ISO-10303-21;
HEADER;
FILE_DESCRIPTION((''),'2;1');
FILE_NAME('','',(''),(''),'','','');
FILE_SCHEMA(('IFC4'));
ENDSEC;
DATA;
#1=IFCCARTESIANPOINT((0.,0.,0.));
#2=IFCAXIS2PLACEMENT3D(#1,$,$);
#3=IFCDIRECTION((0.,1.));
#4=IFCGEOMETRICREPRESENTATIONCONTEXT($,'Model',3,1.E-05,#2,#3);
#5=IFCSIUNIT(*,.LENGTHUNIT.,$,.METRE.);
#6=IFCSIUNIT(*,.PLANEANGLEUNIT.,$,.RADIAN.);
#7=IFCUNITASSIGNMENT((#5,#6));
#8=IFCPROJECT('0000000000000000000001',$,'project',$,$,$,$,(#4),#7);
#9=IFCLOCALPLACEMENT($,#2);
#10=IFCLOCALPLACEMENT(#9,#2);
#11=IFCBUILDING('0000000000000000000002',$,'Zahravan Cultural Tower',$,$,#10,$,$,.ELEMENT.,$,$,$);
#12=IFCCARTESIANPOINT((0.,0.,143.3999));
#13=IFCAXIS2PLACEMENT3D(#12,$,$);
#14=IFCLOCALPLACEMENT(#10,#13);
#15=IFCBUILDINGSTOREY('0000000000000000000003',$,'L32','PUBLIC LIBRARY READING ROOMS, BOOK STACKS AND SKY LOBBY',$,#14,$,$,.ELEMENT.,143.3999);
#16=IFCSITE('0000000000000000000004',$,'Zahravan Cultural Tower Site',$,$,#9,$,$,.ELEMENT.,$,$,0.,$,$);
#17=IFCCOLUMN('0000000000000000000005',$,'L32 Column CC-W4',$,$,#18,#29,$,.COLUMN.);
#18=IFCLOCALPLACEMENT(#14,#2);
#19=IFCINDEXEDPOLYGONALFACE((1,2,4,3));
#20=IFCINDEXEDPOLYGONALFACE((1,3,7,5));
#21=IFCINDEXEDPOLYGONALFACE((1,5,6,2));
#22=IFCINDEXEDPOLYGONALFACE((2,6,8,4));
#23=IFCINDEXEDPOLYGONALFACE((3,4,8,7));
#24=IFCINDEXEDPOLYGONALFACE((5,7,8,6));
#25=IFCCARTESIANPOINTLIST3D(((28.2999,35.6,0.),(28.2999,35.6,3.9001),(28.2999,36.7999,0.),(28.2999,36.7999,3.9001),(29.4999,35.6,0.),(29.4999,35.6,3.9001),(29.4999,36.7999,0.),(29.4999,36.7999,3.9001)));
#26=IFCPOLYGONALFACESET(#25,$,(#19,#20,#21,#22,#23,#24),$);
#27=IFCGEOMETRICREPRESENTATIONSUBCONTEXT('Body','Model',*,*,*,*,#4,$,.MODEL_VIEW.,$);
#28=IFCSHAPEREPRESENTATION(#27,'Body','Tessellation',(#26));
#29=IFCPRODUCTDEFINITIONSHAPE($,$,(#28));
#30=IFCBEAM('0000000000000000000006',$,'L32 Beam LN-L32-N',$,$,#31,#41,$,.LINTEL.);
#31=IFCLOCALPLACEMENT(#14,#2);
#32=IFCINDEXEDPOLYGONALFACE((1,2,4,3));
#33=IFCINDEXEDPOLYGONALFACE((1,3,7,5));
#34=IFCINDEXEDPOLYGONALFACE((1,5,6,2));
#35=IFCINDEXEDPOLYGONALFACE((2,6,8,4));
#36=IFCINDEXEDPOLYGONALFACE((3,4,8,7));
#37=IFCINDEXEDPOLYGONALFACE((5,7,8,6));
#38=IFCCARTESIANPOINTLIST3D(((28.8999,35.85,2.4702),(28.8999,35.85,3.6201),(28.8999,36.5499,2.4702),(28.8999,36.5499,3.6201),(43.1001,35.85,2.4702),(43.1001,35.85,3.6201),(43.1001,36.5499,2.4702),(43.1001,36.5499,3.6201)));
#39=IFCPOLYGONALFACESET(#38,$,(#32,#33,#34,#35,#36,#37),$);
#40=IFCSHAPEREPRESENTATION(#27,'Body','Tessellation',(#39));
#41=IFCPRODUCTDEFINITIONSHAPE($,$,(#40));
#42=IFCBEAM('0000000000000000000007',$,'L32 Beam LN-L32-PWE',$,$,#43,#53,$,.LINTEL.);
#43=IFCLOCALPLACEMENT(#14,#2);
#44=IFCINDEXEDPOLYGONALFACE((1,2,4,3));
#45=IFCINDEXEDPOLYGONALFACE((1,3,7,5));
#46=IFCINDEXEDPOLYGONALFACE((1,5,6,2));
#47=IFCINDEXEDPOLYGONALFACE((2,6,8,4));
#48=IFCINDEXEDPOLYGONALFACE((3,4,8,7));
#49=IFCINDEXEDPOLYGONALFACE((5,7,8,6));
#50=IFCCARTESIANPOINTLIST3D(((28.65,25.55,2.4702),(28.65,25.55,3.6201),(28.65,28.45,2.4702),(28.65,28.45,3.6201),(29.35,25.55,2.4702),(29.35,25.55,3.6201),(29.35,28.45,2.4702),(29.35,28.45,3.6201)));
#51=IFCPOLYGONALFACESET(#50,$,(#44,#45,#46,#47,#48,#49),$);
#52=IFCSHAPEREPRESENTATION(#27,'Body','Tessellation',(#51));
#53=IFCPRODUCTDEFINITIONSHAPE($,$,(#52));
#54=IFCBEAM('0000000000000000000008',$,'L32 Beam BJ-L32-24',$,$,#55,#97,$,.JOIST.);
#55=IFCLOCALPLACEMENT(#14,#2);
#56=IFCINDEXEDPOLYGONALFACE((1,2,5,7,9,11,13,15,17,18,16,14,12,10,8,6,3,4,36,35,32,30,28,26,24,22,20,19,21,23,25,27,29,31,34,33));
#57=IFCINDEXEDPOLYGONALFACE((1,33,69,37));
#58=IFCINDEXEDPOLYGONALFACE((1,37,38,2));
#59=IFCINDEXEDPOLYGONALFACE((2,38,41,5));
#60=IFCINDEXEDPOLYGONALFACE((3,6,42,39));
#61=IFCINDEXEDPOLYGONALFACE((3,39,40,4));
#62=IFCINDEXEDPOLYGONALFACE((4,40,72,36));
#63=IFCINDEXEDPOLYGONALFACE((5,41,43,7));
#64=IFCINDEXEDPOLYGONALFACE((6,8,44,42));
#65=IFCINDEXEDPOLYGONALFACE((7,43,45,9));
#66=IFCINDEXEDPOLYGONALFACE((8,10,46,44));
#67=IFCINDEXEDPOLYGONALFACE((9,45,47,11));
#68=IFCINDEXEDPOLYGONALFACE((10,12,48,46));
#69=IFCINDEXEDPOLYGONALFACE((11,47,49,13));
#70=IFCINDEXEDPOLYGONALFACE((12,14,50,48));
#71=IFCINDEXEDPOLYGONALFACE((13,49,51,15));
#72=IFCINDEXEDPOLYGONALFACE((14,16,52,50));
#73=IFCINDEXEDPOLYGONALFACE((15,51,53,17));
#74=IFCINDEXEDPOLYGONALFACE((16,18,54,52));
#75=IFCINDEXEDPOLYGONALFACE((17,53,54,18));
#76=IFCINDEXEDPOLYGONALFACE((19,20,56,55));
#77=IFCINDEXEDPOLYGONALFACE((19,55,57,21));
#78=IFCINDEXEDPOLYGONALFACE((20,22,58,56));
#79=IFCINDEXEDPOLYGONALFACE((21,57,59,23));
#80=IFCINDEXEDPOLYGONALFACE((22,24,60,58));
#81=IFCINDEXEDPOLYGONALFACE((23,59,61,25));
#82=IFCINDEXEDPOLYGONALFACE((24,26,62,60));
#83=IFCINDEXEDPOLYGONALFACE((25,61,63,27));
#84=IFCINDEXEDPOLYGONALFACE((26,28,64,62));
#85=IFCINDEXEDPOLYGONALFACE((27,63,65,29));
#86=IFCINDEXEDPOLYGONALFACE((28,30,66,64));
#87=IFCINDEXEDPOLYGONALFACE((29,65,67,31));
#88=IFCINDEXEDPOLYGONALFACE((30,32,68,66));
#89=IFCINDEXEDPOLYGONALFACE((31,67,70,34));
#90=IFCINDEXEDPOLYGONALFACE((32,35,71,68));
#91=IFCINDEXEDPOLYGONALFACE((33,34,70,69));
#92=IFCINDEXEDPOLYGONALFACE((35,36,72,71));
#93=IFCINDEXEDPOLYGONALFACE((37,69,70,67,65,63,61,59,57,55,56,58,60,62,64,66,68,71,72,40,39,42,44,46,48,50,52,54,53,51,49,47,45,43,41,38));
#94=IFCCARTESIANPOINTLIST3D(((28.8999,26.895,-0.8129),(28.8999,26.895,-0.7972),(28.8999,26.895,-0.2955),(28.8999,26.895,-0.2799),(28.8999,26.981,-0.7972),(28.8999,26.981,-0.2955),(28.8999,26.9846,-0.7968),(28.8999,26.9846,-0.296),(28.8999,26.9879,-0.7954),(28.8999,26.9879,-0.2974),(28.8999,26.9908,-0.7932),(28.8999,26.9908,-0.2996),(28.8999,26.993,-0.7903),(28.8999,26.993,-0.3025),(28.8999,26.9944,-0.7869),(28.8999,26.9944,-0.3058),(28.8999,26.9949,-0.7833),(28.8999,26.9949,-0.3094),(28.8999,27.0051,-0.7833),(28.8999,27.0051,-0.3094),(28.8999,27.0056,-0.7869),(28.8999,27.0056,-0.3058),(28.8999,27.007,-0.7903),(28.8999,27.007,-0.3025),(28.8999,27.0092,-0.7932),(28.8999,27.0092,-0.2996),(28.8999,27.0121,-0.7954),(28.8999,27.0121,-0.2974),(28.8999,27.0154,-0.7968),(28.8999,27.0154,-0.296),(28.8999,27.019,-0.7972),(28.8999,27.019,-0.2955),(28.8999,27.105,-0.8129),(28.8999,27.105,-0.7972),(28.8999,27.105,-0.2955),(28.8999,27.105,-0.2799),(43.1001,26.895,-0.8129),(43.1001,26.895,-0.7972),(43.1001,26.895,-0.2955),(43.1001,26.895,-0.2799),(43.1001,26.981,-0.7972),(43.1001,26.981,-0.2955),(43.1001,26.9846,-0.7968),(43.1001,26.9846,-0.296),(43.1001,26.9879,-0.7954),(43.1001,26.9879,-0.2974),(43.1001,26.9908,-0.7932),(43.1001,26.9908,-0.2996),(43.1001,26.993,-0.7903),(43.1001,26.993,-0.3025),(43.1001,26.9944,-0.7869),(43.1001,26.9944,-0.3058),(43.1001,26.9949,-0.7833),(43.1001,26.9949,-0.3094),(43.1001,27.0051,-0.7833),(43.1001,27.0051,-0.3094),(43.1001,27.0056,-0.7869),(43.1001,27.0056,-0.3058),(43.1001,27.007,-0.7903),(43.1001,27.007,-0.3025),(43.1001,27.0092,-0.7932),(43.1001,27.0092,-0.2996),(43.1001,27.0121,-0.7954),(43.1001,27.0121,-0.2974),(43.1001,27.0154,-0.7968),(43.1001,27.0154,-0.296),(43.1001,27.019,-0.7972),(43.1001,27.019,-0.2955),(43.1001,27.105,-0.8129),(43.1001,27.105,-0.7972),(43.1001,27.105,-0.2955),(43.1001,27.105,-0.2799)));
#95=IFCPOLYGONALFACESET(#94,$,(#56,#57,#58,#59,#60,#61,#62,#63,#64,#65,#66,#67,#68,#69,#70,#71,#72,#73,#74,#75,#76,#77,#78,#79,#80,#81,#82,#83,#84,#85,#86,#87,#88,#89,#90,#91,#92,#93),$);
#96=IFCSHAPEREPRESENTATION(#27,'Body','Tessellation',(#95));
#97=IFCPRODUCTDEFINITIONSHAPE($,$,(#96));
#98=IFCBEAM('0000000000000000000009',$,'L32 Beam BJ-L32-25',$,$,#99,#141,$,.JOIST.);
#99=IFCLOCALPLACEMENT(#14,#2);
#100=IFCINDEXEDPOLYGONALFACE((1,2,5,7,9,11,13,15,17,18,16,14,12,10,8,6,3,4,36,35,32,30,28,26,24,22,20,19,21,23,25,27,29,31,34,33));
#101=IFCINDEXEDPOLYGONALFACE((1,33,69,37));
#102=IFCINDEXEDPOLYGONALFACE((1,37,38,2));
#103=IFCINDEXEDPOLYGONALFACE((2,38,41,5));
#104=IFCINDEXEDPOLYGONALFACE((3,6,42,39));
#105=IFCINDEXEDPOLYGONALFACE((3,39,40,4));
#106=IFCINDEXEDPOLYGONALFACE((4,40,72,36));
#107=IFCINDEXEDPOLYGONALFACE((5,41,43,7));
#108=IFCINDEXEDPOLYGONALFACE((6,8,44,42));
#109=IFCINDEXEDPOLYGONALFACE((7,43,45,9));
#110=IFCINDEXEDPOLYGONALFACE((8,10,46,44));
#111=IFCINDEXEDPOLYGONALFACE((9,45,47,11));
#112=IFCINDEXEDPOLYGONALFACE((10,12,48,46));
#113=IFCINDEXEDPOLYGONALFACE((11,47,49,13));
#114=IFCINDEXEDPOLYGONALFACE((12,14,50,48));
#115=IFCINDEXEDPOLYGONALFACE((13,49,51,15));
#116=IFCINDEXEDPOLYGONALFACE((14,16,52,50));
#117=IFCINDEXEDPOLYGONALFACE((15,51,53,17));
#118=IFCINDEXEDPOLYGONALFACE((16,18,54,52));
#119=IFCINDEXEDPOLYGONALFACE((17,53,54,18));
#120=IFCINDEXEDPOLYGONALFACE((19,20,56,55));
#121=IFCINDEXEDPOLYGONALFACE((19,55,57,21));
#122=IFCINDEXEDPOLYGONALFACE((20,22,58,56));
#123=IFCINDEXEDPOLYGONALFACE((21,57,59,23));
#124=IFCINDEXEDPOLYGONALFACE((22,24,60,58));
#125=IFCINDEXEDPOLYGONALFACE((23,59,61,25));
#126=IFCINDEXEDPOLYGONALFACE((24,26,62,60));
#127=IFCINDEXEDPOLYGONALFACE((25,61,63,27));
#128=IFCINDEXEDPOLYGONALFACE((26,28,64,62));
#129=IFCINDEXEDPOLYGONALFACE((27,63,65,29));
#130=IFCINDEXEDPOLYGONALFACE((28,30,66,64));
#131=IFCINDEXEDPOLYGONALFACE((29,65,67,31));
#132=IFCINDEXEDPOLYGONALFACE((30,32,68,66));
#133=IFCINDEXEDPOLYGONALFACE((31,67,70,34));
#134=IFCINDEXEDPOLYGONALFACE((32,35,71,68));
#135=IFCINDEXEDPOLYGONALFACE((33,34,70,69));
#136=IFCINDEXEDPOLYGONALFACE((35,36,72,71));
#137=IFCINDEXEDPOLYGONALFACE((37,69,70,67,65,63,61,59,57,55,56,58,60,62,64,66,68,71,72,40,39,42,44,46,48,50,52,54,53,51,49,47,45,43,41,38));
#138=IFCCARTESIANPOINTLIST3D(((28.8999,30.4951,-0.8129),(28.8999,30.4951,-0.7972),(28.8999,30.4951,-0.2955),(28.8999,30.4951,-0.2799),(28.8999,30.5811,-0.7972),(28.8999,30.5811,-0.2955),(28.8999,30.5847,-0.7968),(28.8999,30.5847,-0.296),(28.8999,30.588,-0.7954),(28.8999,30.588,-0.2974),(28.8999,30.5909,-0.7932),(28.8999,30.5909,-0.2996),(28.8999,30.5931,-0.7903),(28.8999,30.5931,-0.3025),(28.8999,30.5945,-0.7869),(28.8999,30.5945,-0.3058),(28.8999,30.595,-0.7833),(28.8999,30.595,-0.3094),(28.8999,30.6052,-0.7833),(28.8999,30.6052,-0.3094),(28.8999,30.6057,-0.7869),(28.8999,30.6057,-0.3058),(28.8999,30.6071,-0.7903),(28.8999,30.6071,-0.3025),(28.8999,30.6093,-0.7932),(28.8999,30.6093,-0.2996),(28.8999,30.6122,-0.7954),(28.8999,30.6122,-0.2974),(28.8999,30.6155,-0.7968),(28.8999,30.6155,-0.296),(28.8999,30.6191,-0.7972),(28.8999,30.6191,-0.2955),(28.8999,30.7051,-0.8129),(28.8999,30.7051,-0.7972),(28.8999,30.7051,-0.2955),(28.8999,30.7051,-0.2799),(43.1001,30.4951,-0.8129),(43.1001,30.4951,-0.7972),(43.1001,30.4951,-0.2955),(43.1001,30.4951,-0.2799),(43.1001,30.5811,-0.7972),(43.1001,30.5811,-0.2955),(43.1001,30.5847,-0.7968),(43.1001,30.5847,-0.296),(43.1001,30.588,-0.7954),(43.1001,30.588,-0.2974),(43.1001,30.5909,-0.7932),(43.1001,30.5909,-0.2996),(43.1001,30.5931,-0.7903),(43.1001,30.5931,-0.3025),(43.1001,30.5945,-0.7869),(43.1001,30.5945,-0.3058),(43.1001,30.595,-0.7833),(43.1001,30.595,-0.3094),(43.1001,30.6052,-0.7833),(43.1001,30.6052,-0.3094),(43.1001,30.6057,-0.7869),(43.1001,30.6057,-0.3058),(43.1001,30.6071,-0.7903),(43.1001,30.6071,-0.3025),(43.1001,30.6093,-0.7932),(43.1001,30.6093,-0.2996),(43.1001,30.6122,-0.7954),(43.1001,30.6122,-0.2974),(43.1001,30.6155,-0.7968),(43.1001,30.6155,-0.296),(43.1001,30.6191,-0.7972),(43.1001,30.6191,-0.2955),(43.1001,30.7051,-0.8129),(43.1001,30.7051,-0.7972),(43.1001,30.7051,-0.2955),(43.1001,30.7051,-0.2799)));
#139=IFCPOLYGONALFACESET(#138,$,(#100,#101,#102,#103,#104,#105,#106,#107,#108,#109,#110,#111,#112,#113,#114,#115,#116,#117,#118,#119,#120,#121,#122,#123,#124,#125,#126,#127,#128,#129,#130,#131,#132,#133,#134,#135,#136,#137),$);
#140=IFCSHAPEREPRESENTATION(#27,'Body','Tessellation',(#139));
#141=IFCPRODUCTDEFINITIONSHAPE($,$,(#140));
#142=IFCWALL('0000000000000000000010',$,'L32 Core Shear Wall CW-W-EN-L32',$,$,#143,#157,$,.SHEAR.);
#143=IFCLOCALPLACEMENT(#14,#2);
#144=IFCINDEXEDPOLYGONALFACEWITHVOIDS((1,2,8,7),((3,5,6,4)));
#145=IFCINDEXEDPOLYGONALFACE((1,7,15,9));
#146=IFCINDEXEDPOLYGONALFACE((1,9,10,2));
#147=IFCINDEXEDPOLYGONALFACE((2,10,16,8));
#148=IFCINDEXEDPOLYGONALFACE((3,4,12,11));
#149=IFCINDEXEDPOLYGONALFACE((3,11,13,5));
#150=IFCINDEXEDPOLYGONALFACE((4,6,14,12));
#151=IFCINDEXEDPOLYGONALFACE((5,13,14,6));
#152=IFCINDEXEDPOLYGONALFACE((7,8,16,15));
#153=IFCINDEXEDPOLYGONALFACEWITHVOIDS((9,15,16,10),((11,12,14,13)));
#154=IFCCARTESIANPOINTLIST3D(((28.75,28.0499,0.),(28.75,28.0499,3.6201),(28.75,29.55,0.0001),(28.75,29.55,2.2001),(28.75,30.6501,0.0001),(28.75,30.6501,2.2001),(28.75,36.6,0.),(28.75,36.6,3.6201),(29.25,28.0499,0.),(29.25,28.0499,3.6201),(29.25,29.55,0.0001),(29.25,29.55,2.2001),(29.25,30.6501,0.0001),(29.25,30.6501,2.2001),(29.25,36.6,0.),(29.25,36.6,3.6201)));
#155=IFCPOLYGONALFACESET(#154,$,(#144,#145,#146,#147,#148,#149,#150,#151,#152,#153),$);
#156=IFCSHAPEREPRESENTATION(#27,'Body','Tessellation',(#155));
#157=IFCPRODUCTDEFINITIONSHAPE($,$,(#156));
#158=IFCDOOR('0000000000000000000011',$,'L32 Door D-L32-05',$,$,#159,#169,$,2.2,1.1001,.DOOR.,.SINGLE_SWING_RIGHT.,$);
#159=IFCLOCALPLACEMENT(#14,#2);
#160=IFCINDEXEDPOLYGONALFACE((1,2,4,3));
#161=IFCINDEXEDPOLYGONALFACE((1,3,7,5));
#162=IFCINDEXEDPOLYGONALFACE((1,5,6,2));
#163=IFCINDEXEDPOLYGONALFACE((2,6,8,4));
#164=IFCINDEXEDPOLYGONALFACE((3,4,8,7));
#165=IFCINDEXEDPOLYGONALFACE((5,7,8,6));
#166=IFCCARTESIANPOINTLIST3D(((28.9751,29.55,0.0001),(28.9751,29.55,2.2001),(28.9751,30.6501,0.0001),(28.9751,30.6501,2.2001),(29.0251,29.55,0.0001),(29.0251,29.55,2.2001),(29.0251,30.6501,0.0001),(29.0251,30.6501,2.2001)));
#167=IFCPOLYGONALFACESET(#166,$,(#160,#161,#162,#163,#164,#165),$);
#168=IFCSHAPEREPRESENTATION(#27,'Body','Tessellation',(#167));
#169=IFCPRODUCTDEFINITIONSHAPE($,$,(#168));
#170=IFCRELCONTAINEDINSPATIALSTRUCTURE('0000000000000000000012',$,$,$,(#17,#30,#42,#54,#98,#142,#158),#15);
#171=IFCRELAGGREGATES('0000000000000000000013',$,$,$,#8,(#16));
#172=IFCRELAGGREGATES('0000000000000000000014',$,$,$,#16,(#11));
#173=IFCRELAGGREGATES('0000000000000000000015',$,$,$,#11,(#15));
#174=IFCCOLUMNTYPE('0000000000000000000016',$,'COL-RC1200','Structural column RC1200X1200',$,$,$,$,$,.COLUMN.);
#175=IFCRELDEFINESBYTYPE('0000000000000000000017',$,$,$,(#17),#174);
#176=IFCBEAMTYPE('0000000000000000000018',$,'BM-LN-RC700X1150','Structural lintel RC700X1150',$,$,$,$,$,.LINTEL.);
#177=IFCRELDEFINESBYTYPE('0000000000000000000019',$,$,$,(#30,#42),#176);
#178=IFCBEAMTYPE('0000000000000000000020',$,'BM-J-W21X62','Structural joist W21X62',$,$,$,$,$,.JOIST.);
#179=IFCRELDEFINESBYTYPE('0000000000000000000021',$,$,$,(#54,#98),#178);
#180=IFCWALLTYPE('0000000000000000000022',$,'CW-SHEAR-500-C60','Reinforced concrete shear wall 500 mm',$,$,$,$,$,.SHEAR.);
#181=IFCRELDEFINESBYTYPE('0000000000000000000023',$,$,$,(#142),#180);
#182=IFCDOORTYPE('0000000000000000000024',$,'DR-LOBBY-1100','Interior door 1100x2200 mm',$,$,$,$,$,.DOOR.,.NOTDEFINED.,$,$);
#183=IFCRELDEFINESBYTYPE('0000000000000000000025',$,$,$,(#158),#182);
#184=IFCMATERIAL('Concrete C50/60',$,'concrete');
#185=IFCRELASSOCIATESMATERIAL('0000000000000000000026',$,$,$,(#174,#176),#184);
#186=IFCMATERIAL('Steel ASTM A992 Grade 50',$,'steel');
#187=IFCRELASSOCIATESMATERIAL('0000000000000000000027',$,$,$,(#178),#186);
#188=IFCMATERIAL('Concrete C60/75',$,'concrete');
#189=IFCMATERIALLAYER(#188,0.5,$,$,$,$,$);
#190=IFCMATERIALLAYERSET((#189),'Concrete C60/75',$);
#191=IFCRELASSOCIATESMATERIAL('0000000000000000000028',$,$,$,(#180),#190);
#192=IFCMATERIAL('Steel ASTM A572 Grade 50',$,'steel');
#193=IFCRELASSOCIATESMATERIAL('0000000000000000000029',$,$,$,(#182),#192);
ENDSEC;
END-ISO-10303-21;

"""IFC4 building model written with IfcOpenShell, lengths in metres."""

from ifc_helpers import new_model, si_unit, direction, frame, frame_2d, origin, origin_2d, place, context, subcontext, project, spatial, rectangle, i_section, extrude, source, transform, mapped, material, layer, layer_set, material_profile, profile_set, type_object, element, fill, save


model = new_model("IFC4")

# Units and contexts
model_context = context("Model", 3, precision=1e-05, world=origin(), true_north=direction((0.0, 1.0)))
body_context = subcontext(model_context, "Body", "Model", "MODEL_VIEW")
ifc_project = project(units=[si_unit("LENGTHUNIT", "METRE"), si_unit("PLANEANGLEUNIT", "RADIAN")], contexts=[model_context])

# Site, building, storey
site_placement = place(None, origin())
site = spatial("IfcSite", under=ifc_project, at=site_placement, Name="Zahravan Cultural Tower Site", CompositionType="ELEMENT", RefElevation=0.0)
building_placement = place(site_placement, origin())
building = spatial("IfcBuilding", under=site, at=building_placement, Name="Zahravan Cultural Tower", CompositionType="ELEMENT")
storey_placement = place(building_placement, frame((0.0, 0.0, 143.3999)))
storey = spatial("IfcBuildingStorey", under=building, at=storey_placement, Name="L32", Description="PUBLIC LIBRARY READING ROOMS, BOOK STACKS AND SKY LOBBY", CompositionType="ELEMENT", Elevation=143.3999)

# Column
ifc_material_1 = material(Name="Concrete C50/60", Category="concrete")
ifc_material_profile_1 = material_profile(ifc_material_1, rectangle(XDim=1.2, YDim=1.2, at=origin_2d()), Name="RC1200X1200")
ifc_profile_set_1 = profile_set([ifc_material_profile_1], Name="Concrete C50/60")
column_type = type_object("IfcColumnType", Name="COL-RC1200", Description="Structural column RC1200X1200", PredefinedType="COLUMN", material=ifc_profile_set_1)
shared_shape_1 = source(origin(), body_context, "Body", "SweptSolid", [
    extrude(rectangle(XDim=1.2, YDim=1.2, at=origin_2d()), origin(), (0.0, 0.0, 1.0), 3.9001),
])
column_placement = place(storey_placement, frame((28.8999, 36.2, 0.0), z_axis=(0.0, 0.0, 1.0), x_axis=(1.0, 0.0, 0.0)))
element("IfcColumn", 1, at=column_placement, inside=storey, type_object=column_type, Name="L32 Column CC-W4", PredefinedType="COLUMN", context=body_context, shape_type="MappedRepresentation", body=[
    mapped(shared_shape_1, transform((0.0, 0.0, 0.0), x_axis=(1.0, 0.0, 0.0), y_axis=(0.0, 1.0, 0.0), z_axis=(0.0, 0.0, 1.0), scale=1.0)),
])

# Beams
ifc_material_profile_2 = material_profile(ifc_material_1, rectangle(XDim=0.7, YDim=1.1499, at=origin_2d()), Name="RC700X1150")
ifc_profile_set_2 = profile_set([ifc_material_profile_2], Name="Concrete C50/60")
beam_type_1 = type_object("IfcBeamType", Name="BM-LN-RC700X1150", Description="Structural lintel RC700X1150", PredefinedType="LINTEL", material=ifc_profile_set_2)
shared_shape_2 = source(origin(), body_context, "Body", "SweptSolid", [
    extrude(rectangle(XDim=0.7, YDim=1.1499, at=origin_2d()), origin(), (0.0, 0.0, 1.0), 14.2002),
])
beam_1_placement = place(storey_placement, frame((28.8999, 36.2, 3.0452), z_axis=(1.0, 0.0, 0.0), x_axis=(0.0, 1.0, 0.0)))
element("IfcBeam", 2, at=beam_1_placement, inside=storey, type_object=beam_type_1, Name="L32 Beam LN-L32-N", PredefinedType="LINTEL", context=body_context, shape_type="MappedRepresentation", body=[
    mapped(shared_shape_2, transform((0.0, 0.0, 0.0), x_axis=(1.0, 0.0, 0.0), y_axis=(0.0, 1.0, 0.0), z_axis=(0.0, 0.0, 1.0), scale=1.0)),
])
shared_shape_3 = source(origin(), body_context, "Body", "SweptSolid", [
    extrude(rectangle(XDim=0.7, YDim=1.1499, at=origin_2d()), origin(), (0.0, 0.0, 1.0), 2.8999),
])
beam_2_placement = place(storey_placement, frame((29.0, 25.55, 3.0452), z_axis=(0.0, 1.0, 0.0), x_axis=(-1.0, 0.0, 0.0)))
element("IfcBeam", 3, at=beam_2_placement, inside=storey, type_object=beam_type_1, Name="L32 Beam LN-L32-PWE", PredefinedType="LINTEL", context=body_context, shape_type="MappedRepresentation", body=[
    mapped(shared_shape_3, transform((0.0, 0.0, 0.0), x_axis=(1.0, 0.0, 0.0), y_axis=(0.0, 1.0, 0.0), z_axis=(0.0, 0.0, 1.0), scale=1.0)),
])
ifc_material_2 = material(Name="Steel ASTM A992 Grade 50", Category="steel")
ifc_material_profile_3 = material_profile(ifc_material_2, i_section(OverallWidth=0.21, OverallDepth=0.533, WebThickness=0.0103, FlangeThickness=0.0156, FilletRadius=0.0139, at=origin_2d()), Name="W21X62")
ifc_profile_set_3 = profile_set([ifc_material_profile_3], Name="Steel ASTM A992 Grade 50")
beam_type_2 = type_object("IfcBeamType", Name="BM-J-W21X62", Description="Structural joist W21X62", PredefinedType="JOIST", material=ifc_profile_set_3)
shared_shape_4 = source(origin(), body_context, "Body", "SweptSolid", [
    extrude(i_section(OverallWidth=0.21, OverallDepth=0.533, WebThickness=0.0103, FlangeThickness=0.0156, FilletRadius=0.0139, at=origin_2d()), origin(), (0.0, 0.0, 1.0), 14.2002),
])
for number, where, z_axis, x_axis, name in (
    (4, (28.8999, 27.0, -0.5464), (1.0, 0.0, 0.0), (0.0, 1.0, 0.0), "L32 Beam BJ-L32-24"),
    (5, (28.8999, 30.6001, -0.5464), (1.0, 0.0, 0.0), (0.0, 1.0, 0.0), "L32 Beam BJ-L32-25"),
):
    element("IfcBeam", number, at=place(storey_placement, frame(where, z_axis=z_axis, x_axis=x_axis)), inside=storey, type_object=beam_type_2, Name=name, PredefinedType="JOIST", context=body_context, shape_type="MappedRepresentation", body=[
        mapped(shared_shape_4, transform((0.0, 0.0, 0.0), x_axis=(1.0, 0.0, 0.0), y_axis=(0.0, 1.0, 0.0), z_axis=(0.0, 0.0, 1.0), scale=1.0)),
    ])

# Wall, opening, door
ifc_material_3 = material(Name="Concrete C60/75", Category="concrete")
ifc_layer_1 = layer(ifc_material_3, 0.5)
ifc_layer_set_1 = layer_set([ifc_layer_1], Name="Concrete C60/75")
wall_type_1 = type_object("IfcWallType", Name="CW-SHEAR-500-C60", Description="Reinforced concrete shear wall 500 mm", PredefinedType="SHEAR", material=ifc_layer_set_1)
wall_1_placement = place(storey_placement, frame((29.0, 28.05, 0.0), z_axis=(0.0, 0.0, 1.0), x_axis=(0.0, 1.0, 0.0)))
wall_1 = element("IfcWall", 6, at=wall_1_placement, inside=storey, type_object=wall_type_1, Name="L32 Core Shear Wall CW-W-EN-L32", PredefinedType="SHEAR", context=body_context, shape_type="SweptSolid", body=[
    extrude(rectangle(XDim=8.55, YDim=0.5, at=frame_2d((4.2749, 0.0))), origin(), (0.0, 0.0, 1.0), 3.6201),
])
opening_1_placement = place(wall_1_placement, frame((1.5, 0.0, 0.0)))
opening_1 = element("IfcOpeningElement", 7, at=opening_1_placement, cuts=wall_1, PredefinedType="OPENING", context=body_context, shape_type="SweptSolid", body=[
    extrude(rectangle(XDim=1.1001, YDim=2.2, at=frame_2d((0.55, 1.1001))), frame((0.0, 0.26, 0.0), z_axis=(0.0, -1.0, 0.0), x_axis=(1.0, 0.0, 0.0)), (0.0, 0.0, 1.0), 0.52),
])
ifc_material_4 = material(Name="Steel ASTM A572 Grade 50", Category="steel")
door_type_1 = type_object("IfcDoorType", Name="DR-LOBBY-1100", Description="Interior door 1100x2200 mm", OperationType="NOTDEFINED", PredefinedType="DOOR", material=ifc_material_4)
shared_shape_5 = source(origin(), body_context, "Body", "SweptSolid", [
    extrude(rectangle(XDim=1.1001, YDim=2.2, at=frame_2d((0.55, 1.1001))), frame((0.0, 0.0249, 0.0), z_axis=(0.0, -1.0, 0.0), x_axis=(1.0, 0.0, 0.0)), (0.0, 0.0, 1.0), 0.05),
])
door_1_placement = place(opening_1_placement, origin())
door_1 = element("IfcDoor", 8, at=door_1_placement, inside=storey, type_object=door_type_1, Name="L32 Door D-L32-05", OperationType="SINGLE_SWING_RIGHT", OverallHeight=2.2, OverallWidth=1.1001, PredefinedType="DOOR", context=body_context, shape_type="MappedRepresentation", body=[
    mapped(shared_shape_5, transform((0.0, 0.0, 0.0), x_axis=(1.0, 0.0, 0.0), y_axis=(0.0, 1.0, 0.0), z_axis=(0.0, 0.0, 1.0), scale=1.0)),
])
fill(opening_1, door_1)

save(model, "model.ifc")
